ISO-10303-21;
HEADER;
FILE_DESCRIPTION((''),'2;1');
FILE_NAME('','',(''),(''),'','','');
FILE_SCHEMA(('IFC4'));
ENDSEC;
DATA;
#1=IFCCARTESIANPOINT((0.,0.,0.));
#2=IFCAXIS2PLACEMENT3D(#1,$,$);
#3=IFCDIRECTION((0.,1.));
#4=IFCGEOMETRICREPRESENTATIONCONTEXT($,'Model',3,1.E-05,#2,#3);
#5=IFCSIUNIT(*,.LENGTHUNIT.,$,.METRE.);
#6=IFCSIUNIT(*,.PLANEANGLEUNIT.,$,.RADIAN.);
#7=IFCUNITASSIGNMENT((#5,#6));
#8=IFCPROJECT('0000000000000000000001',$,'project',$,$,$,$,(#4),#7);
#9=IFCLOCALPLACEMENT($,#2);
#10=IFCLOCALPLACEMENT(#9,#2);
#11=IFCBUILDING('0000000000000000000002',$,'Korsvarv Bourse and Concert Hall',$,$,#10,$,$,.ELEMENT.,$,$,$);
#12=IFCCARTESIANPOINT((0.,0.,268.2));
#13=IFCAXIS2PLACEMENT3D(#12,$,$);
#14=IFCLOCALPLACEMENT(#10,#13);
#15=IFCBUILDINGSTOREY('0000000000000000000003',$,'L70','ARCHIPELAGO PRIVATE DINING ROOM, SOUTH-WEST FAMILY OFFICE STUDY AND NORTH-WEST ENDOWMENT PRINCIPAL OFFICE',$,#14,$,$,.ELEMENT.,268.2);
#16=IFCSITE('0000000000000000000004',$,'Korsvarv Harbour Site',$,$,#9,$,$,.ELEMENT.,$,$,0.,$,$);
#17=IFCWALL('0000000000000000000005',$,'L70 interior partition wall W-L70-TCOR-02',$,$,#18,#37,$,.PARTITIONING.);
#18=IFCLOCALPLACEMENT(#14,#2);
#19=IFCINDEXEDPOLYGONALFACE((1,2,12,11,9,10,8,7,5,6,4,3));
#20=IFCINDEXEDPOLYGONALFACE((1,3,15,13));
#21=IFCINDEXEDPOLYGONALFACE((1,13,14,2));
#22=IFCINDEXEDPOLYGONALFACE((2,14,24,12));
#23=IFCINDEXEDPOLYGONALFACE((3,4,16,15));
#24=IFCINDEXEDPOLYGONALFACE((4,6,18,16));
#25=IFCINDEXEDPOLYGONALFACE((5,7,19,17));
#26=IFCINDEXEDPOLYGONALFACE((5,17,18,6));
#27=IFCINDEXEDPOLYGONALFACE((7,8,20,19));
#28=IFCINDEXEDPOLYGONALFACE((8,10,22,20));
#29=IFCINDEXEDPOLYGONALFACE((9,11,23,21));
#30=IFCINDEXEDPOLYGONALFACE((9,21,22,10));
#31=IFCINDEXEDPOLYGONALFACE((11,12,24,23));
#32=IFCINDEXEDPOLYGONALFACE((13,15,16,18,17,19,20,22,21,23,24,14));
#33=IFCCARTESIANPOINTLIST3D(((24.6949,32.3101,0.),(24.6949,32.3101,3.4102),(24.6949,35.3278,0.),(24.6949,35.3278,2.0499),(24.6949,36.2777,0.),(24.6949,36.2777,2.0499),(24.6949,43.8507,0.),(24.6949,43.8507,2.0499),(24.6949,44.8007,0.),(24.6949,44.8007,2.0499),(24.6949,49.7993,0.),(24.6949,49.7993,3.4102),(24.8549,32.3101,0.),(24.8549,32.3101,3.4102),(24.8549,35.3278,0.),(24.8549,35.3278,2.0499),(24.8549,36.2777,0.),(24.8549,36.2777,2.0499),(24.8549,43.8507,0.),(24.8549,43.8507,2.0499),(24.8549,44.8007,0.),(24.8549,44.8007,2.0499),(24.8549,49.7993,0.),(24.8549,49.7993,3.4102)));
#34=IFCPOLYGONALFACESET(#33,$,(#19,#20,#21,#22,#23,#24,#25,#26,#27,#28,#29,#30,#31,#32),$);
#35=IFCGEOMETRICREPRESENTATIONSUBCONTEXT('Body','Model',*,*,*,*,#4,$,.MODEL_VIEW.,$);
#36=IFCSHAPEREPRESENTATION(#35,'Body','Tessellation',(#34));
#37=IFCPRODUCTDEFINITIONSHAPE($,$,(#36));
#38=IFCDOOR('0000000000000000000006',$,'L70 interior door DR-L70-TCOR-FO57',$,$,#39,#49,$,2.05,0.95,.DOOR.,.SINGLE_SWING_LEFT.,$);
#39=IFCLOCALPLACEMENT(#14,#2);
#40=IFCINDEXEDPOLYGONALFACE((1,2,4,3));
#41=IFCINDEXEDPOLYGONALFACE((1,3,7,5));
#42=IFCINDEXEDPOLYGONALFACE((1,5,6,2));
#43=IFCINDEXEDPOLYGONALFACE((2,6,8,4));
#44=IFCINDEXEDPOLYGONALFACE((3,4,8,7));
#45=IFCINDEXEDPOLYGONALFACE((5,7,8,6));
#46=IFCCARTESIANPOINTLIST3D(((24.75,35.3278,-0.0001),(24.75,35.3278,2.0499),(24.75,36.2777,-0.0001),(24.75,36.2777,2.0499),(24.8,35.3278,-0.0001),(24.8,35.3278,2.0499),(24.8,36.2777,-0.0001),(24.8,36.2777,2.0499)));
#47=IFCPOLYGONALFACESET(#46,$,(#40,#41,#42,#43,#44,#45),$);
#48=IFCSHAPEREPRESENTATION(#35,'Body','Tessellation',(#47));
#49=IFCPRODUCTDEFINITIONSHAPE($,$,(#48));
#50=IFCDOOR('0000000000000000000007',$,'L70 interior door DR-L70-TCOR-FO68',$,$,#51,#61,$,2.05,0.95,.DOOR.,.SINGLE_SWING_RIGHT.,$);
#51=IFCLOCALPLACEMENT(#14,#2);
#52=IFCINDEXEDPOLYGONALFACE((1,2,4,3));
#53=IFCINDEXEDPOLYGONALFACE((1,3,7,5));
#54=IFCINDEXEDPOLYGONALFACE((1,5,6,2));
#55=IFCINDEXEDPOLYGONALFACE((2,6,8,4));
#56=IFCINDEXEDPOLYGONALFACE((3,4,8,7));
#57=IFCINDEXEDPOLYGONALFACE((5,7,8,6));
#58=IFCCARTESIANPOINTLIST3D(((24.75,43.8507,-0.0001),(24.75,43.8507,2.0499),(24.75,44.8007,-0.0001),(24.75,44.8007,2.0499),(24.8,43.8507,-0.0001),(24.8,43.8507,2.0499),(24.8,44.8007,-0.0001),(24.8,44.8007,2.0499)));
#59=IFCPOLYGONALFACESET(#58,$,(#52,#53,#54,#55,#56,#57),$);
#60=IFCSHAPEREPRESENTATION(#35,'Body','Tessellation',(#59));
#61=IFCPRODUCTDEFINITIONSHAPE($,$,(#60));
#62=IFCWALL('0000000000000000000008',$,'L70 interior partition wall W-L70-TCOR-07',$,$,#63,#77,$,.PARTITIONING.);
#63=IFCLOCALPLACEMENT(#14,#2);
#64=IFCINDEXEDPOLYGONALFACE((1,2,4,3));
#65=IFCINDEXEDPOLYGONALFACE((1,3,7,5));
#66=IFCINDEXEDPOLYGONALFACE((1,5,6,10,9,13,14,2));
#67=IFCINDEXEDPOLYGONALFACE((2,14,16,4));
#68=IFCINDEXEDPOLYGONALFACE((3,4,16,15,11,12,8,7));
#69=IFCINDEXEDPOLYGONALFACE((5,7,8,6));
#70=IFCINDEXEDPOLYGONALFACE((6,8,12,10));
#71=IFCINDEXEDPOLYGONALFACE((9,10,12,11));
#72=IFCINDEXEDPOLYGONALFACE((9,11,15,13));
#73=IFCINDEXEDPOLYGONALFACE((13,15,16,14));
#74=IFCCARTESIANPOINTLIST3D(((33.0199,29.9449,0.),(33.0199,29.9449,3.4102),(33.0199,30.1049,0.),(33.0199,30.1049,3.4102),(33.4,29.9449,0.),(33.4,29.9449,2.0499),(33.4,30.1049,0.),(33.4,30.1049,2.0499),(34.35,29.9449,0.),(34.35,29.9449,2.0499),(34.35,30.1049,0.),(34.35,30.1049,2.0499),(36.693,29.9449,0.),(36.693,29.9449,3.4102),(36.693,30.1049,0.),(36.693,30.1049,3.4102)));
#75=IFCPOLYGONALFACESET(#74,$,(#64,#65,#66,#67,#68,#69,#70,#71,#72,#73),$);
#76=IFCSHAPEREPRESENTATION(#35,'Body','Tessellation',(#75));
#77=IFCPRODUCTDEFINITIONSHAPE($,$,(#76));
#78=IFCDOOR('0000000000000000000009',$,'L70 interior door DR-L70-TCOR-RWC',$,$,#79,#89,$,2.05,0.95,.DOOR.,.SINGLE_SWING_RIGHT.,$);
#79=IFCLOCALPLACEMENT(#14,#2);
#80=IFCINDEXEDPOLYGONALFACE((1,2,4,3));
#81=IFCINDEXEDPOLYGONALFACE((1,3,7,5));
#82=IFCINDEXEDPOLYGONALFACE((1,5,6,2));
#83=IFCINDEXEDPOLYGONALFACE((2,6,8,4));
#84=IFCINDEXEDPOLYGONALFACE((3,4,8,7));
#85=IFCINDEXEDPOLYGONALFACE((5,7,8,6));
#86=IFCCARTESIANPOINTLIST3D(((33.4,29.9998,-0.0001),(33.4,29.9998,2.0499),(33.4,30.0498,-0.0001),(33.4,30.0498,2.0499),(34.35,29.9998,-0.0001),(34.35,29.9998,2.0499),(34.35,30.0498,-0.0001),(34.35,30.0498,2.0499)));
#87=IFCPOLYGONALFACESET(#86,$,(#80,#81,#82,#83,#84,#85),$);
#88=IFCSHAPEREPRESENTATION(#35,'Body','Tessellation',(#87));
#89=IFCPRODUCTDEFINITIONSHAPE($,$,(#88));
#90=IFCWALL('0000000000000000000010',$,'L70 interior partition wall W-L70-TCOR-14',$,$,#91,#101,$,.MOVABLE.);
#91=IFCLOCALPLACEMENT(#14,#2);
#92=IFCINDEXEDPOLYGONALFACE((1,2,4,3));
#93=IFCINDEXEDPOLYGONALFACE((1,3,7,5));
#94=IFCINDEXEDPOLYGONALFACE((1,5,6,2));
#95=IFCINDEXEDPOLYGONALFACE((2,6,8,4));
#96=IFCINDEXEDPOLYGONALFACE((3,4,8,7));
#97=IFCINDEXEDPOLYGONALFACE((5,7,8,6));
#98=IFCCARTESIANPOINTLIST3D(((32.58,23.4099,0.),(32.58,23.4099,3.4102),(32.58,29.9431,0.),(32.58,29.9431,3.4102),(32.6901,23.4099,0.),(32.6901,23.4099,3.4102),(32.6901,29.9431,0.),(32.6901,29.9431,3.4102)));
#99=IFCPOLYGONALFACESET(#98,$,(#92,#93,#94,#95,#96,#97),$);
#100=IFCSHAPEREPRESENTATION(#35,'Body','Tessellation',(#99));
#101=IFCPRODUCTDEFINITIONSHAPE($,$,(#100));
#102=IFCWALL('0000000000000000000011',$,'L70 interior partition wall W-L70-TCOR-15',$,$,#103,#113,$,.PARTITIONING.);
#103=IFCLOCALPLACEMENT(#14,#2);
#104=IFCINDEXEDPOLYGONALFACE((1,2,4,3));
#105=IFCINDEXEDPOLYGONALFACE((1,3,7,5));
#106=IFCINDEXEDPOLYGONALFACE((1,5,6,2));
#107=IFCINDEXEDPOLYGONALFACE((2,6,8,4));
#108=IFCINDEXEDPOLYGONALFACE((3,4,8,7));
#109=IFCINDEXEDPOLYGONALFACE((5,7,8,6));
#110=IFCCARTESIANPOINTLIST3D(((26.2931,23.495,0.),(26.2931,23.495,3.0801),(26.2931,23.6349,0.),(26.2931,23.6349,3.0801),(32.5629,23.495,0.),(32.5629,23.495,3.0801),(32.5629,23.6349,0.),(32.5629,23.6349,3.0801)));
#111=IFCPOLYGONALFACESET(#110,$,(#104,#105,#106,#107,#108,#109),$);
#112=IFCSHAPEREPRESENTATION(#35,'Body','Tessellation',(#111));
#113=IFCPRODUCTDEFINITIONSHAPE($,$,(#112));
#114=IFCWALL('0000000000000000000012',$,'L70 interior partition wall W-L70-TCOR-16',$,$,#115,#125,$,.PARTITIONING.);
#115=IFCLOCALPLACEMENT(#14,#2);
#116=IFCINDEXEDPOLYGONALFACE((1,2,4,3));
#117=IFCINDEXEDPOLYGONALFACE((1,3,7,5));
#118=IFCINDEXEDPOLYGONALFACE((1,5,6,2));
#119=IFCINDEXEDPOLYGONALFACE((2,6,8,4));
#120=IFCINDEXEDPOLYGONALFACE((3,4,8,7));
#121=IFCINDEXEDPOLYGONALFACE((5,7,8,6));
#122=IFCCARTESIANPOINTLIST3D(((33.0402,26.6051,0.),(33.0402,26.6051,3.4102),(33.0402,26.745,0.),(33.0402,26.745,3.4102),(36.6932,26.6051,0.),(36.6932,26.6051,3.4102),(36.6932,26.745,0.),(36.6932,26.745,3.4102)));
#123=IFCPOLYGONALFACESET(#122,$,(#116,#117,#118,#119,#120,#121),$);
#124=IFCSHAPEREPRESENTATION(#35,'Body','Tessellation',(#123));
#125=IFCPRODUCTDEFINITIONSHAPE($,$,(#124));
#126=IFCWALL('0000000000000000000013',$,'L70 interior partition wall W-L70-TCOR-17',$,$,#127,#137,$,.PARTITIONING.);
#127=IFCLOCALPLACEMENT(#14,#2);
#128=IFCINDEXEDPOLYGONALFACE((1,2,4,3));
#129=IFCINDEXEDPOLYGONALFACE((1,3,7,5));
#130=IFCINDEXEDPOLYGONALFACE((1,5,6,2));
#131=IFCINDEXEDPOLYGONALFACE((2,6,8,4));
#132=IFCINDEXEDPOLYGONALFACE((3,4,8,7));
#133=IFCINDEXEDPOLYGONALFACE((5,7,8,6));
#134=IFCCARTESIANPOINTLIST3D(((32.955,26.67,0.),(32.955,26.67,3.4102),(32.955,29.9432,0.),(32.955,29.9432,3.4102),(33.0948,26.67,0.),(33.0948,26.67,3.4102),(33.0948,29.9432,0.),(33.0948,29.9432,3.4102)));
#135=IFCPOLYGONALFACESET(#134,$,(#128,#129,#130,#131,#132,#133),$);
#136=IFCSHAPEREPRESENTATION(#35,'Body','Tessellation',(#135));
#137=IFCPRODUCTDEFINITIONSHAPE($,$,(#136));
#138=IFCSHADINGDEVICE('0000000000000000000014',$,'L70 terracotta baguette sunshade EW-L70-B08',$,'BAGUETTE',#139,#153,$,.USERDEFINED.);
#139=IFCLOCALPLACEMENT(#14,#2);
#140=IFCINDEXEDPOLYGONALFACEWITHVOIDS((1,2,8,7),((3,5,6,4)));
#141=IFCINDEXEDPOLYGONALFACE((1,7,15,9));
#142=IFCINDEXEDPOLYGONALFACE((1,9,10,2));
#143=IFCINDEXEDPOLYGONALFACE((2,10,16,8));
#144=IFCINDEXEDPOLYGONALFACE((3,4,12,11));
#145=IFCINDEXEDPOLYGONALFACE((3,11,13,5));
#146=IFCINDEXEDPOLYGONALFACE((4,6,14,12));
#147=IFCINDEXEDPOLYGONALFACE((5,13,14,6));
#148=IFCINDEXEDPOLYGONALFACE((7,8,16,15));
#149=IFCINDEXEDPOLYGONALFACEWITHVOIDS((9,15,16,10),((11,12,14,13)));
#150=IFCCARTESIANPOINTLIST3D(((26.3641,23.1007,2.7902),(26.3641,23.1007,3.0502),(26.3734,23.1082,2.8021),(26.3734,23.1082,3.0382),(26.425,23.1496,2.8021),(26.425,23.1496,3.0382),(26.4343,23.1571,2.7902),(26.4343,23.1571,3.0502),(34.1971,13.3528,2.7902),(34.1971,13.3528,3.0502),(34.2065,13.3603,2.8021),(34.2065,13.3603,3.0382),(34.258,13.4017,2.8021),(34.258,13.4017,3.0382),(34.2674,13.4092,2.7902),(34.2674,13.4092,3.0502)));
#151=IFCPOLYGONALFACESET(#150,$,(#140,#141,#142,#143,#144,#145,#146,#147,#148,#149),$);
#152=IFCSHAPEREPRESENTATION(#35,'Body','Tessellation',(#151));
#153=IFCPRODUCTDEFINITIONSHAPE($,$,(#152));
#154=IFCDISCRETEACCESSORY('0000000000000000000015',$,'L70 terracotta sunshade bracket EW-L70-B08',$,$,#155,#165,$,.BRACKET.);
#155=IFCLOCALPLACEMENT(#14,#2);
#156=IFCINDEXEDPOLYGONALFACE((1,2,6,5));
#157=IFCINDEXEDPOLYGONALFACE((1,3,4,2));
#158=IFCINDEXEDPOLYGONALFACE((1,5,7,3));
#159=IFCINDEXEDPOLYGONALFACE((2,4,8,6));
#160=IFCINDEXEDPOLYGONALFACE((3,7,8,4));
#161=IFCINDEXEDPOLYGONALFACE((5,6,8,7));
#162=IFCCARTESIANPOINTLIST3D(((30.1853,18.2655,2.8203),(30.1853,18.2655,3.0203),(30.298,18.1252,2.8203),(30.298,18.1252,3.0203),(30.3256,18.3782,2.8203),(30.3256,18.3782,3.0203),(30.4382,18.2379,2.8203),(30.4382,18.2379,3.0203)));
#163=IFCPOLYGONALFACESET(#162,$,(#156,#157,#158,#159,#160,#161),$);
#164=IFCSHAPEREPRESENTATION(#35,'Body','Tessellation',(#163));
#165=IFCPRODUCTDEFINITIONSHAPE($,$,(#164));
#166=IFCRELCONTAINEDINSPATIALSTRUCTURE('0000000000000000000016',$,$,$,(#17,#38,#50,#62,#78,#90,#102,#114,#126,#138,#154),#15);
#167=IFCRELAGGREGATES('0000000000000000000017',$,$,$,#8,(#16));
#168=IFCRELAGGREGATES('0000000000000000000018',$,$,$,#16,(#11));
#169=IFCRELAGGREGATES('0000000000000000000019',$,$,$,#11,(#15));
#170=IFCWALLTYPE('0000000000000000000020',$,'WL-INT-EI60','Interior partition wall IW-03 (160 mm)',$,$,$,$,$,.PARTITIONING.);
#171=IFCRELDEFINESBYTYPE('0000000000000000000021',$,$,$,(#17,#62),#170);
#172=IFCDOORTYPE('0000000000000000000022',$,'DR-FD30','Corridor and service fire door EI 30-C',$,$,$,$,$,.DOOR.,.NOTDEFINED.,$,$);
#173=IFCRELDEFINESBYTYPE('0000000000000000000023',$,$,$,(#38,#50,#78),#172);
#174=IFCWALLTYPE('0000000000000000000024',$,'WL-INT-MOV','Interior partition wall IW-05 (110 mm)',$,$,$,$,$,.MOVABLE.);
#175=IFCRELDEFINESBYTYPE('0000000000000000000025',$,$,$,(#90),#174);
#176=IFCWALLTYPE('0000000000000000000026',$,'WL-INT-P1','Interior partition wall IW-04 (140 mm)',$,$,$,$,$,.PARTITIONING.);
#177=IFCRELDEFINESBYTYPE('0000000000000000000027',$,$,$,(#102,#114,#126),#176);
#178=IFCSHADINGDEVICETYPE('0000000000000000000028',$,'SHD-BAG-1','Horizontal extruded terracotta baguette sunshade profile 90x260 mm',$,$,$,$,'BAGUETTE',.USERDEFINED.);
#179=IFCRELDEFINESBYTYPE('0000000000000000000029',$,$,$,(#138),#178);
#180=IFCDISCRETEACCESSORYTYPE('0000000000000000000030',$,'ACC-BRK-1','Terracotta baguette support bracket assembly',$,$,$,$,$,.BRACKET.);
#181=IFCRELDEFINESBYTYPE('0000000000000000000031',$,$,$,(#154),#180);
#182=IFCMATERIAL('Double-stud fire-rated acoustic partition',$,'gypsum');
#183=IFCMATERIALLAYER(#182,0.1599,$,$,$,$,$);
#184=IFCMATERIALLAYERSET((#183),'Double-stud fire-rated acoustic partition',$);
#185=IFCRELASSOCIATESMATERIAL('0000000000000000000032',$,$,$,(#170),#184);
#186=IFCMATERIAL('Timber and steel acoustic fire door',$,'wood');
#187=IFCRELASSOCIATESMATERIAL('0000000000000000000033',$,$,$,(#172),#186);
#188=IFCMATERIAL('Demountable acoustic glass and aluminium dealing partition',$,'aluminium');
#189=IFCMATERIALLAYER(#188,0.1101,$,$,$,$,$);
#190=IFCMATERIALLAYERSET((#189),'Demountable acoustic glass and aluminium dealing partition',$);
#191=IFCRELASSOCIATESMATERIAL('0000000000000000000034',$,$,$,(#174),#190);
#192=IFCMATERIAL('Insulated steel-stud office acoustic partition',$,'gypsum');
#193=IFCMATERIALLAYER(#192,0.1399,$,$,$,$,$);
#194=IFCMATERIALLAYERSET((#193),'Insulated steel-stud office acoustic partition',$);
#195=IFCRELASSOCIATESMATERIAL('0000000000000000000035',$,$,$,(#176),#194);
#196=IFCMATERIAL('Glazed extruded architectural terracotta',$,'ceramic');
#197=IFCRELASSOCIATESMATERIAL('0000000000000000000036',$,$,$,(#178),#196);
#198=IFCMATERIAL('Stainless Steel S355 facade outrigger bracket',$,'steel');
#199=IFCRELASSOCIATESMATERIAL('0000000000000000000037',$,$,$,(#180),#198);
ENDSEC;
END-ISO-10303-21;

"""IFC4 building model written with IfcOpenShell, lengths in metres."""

from ifc_helpers import new_model, si_unit, direction, frame, frame_2d, origin, origin_2d, place, context, subcontext, project, spatial, rectangle, hollow_rectangle, extrude, source, transform, mapped, material, layer, layer_set, material_profile, profile_set, type_object, element, fill, save


model = new_model("IFC4")

# Units and contexts
model_context = context("Model", 3, precision=1e-05, world=origin(), true_north=direction((0.0, 1.0)))
body_context = subcontext(model_context, "Body", "Model", "MODEL_VIEW")
ifc_project = project(units=[si_unit("LENGTHUNIT", "METRE"), si_unit("PLANEANGLEUNIT", "RADIAN")], contexts=[model_context])

# Site, building, storey
site_placement = place(None, origin())
site = spatial("IfcSite", under=ifc_project, at=site_placement, Name="Korsvarv Harbour Site", CompositionType="ELEMENT", RefElevation=0.0)
building_placement = place(site_placement, origin())
building = spatial("IfcBuilding", under=site, at=building_placement, Name="Korsvarv Bourse and Concert Hall", CompositionType="ELEMENT")
storey_placement = place(building_placement, frame((0.0, 0.0, 268.2)))
storey = spatial("IfcBuildingStorey", under=building, at=storey_placement, Name="L70", Description="ARCHIPELAGO PRIVATE DINING ROOM, SOUTH-WEST FAMILY OFFICE STUDY AND NORTH-WEST ENDOWMENT PRINCIPAL OFFICE", CompositionType="ELEMENT", Elevation=268.2)

# Wall, openings, doors
ifc_material_1 = material(Name="Double-stud fire-rated acoustic partition", Category="gypsum")
ifc_layer_1 = layer(ifc_material_1, 0.1599)
ifc_layer_set_1 = layer_set([ifc_layer_1], Name="Double-stud fire-rated acoustic partition")
wall_type_1 = type_object("IfcWallType", Name="WL-INT-EI60", Description="Interior partition wall IW-03 (160 mm)", PredefinedType="PARTITIONING", material=ifc_layer_set_1)
wall_1_placement = place(storey_placement, frame((24.7749, 32.3101, 0.0), z_axis=(0.0, 0.0, 1.0), x_axis=(0.0, 1.0, 0.0)))
wall_1 = element("IfcWall", 1, at=wall_1_placement, inside=storey, type_object=wall_type_1, Name="L70 interior partition wall W-L70-TCOR-02", PredefinedType="PARTITIONING", context=body_context, shape_type="SweptSolid", body=[
    extrude(rectangle(XDim=17.4893, YDim=0.1599, at=frame_2d((8.7446, 0.0))), origin(), (0.0, 0.0, 1.0), 3.4102),
])
opening_1_placement = place(wall_1_placement, frame((3.0176, 0.0, 0.0)))
opening_1 = element("IfcOpeningElement", 2, at=opening_1_placement, cuts=wall_1, PredefinedType="OPENING", context=body_context, shape_type="SweptSolid", body=[
    extrude(rectangle(XDim=0.95, YDim=2.05, at=frame_2d((0.4751, 1.0249))), frame((0.0, 0.0898, 0.0), z_axis=(0.0, -1.0, 0.0), x_axis=(1.0, 0.0, 0.0)), (0.0, 0.0, 1.0), 0.1799),
])
opening_2_placement = place(wall_1_placement, frame((11.5405, 0.0, 0.0)))
opening_2 = element("IfcOpeningElement", 3, at=opening_2_placement, cuts=wall_1, PredefinedType="OPENING", context=body_context, shape_type="SweptSolid", body=[
    extrude(rectangle(XDim=0.95, YDim=2.05, at=frame_2d((0.4751, 1.0249))), frame((0.0, 0.0898, 0.0), z_axis=(0.0, -1.0, 0.0), x_axis=(1.0, 0.0, 0.0)), (0.0, 0.0, 1.0), 0.1799),
])
ifc_material_2 = material(Name="Timber and steel acoustic fire door", Category="wood")
door_type = type_object("IfcDoorType", Name="DR-FD30", Description="Corridor and service fire door EI 30-C", OperationType="NOTDEFINED", PredefinedType="DOOR", material=ifc_material_2)
door_1_placement = place(opening_1_placement, origin())
door_1 = element("IfcDoor", 4, at=door_1_placement, inside=storey, type_object=door_type, Name="L70 interior door DR-L70-TCOR-FO57", OperationType="SINGLE_SWING_LEFT", OverallHeight=2.05, OverallWidth=0.95, PredefinedType="DOOR", context=body_context, shape_type="SweptSolid", body=[
    extrude(rectangle(XDim=0.95, YDim=2.05, at=frame_2d((0.4751, 1.0249))), frame((0.0, 0.0249, 0.0), z_axis=(0.0, -1.0, 0.0), x_axis=(1.0, 0.0, 0.0)), (0.0, 0.0, 1.0), 0.05),
])
fill(opening_1, door_1)
door_2_placement = place(opening_2_placement, origin())
door_2 = element("IfcDoor", 5, at=door_2_placement, inside=storey, type_object=door_type, Name="L70 interior door DR-L70-TCOR-FO68", OperationType="SINGLE_SWING_RIGHT", OverallHeight=2.05, OverallWidth=0.95, PredefinedType="DOOR", context=body_context, shape_type="SweptSolid", body=[
    extrude(rectangle(XDim=0.95, YDim=2.05, at=frame_2d((0.4751, 1.0249))), frame((0.0, 0.0249, 0.0), z_axis=(0.0, -1.0, 0.0), x_axis=(1.0, 0.0, 0.0)), (0.0, 0.0, 1.0), 0.05),
])
fill(opening_2, door_2)

# Wall, opening, door
wall_2_placement = place(storey_placement, frame((33.02, 30.0249, 0.0), z_axis=(0.0, 0.0, 1.0), x_axis=(1.0, 0.0, 0.0)))
wall_2 = element("IfcWall", 6, at=wall_2_placement, inside=storey, type_object=wall_type_1, Name="L70 interior partition wall W-L70-TCOR-07", PredefinedType="PARTITIONING", context=body_context, shape_type="SweptSolid", body=[
    extrude(rectangle(XDim=3.6731, YDim=0.1599, at=frame_2d((1.8364, 0.0))), origin(), (0.0, 0.0, 1.0), 3.4102),
])
opening_3_placement = place(wall_2_placement, frame((0.3799, 0.0, 0.0)))
opening_3 = element("IfcOpeningElement", 7, at=opening_3_placement, cuts=wall_2, PredefinedType="OPENING", context=body_context, shape_type="SweptSolid", body=[
    extrude(rectangle(XDim=0.95, YDim=2.05, at=frame_2d((0.4751, 1.0249))), frame((0.0, 0.0898, 0.0), z_axis=(0.0, -1.0, 0.0), x_axis=(1.0, 0.0, 0.0)), (0.0, 0.0, 1.0), 0.1799),
])
door_3_placement = place(opening_3_placement, origin())
door_3 = element("IfcDoor", 8, at=door_3_placement, inside=storey, type_object=door_type, Name="L70 interior door DR-L70-TCOR-RWC", OperationType="SINGLE_SWING_RIGHT", OverallHeight=2.05, OverallWidth=0.95, PredefinedType="DOOR", context=body_context, shape_type="SweptSolid", body=[
    extrude(rectangle(XDim=0.95, YDim=2.05, at=frame_2d((0.4751, 1.0249))), frame((0.0, 0.0249, 0.0), z_axis=(0.0, -1.0, 0.0), x_axis=(1.0, 0.0, 0.0)), (0.0, 0.0, 1.0), 0.05),
])
fill(opening_3, door_3)

# Walls
ifc_material_3 = material(Name="Demountable acoustic glass and aluminium dealing partition", Category="aluminium")
ifc_layer_2 = layer(ifc_material_3, 0.1101)
ifc_layer_set_2 = layer_set([ifc_layer_2], Name="Demountable acoustic glass and aluminium dealing partition")
wall_type_2 = type_object("IfcWallType", Name="WL-INT-MOV", Description="Interior partition wall IW-05 (110 mm)", PredefinedType="MOVABLE", material=ifc_layer_set_2)
wall_3_placement = place(storey_placement, frame((32.635, 23.4099, 0.0), z_axis=(0.0, 0.0, 1.0), x_axis=(0.0, 1.0, 0.0)))
element("IfcWall", 9, at=wall_3_placement, inside=storey, type_object=wall_type_2, Name="L70 interior partition wall W-L70-TCOR-14", PredefinedType="MOVABLE", context=body_context, shape_type="SweptSolid", body=[
    extrude(rectangle(XDim=6.5332, YDim=0.1101, at=frame_2d((3.2666, 0.0))), origin(), (0.0, 0.0, 1.0), 3.4102),
])
ifc_material_4 = material(Name="Insulated steel-stud office acoustic partition", Category="gypsum")
ifc_layer_3 = layer(ifc_material_4, 0.1399)
ifc_layer_set_3 = layer_set([ifc_layer_3], Name="Insulated steel-stud office acoustic partition")
wall_type_3 = type_object("IfcWallType", Name="WL-INT-P1", Description="Interior partition wall IW-04 (140 mm)", PredefinedType="PARTITIONING", material=ifc_layer_set_3)
wall_4_placement = place(storey_placement, frame((26.2932, 23.5649, 0.0), z_axis=(0.0, 0.0, 1.0), x_axis=(1.0, 0.0, 0.0)))
element("IfcWall", 10, at=wall_4_placement, inside=storey, type_object=wall_type_3, Name="L70 interior partition wall W-L70-TCOR-15", PredefinedType="PARTITIONING", context=body_context, shape_type="SweptSolid", body=[
    extrude(rectangle(XDim=6.2698, YDim=0.1399, at=frame_2d((3.1348, 0.0))), origin(), (0.0, 0.0, 1.0), 3.0801),
])
wall_5_placement = place(storey_placement, frame((33.04, 26.675, 0.0), z_axis=(0.0, 0.0, 1.0), x_axis=(1.0, 0.0, 0.0)))
element("IfcWall", 11, at=wall_5_placement, inside=storey, type_object=wall_type_3, Name="L70 interior partition wall W-L70-TCOR-16", PredefinedType="PARTITIONING", context=body_context, shape_type="SweptSolid", body=[
    extrude(rectangle(XDim=3.6531, YDim=0.1399, at=frame_2d((1.8267, 0.0))), origin(), (0.0, 0.0, 1.0), 3.4102),
])
wall_6_placement = place(storey_placement, frame((33.0249, 26.6699, 0.0), z_axis=(0.0, 0.0, 1.0), x_axis=(0.0, 1.0, 0.0)))
element("IfcWall", 12, at=wall_6_placement, inside=storey, type_object=wall_type_3, Name="L70 interior partition wall W-L70-TCOR-17", PredefinedType="PARTITIONING", context=body_context, shape_type="SweptSolid", body=[
    extrude(rectangle(XDim=3.2732, YDim=0.1399, at=frame_2d((1.6367, 0.0))), origin(), (0.0, 0.0, 1.0), 3.4102),
])

# Shading device
ifc_material_5 = material(Name="Glazed extruded architectural terracotta", Category="ceramic")
ifc_material_profile_1 = material_profile(ifc_material_5, hollow_rectangle(XDim=0.0901, YDim=0.26, WallThickness=0.012, at=origin_2d()), Name="TC-BAG 90x260")
ifc_profile_set_1 = profile_set([ifc_material_profile_1], Name="Glazed extruded architectural terracotta")
shading_device_type = type_object("IfcShadingDeviceType", Name="SHD-BAG-1", Description="Horizontal extruded terracotta baguette sunshade profile 90x260 mm", ElementType="BAGUETTE", PredefinedType="USERDEFINED", material=ifc_profile_set_1)
shared_shape_1 = source(origin(), body_context, "Body", "SweptSolid", [
    extrude(hollow_rectangle(XDim=0.0901, YDim=0.26, WallThickness=0.012, at=origin_2d()), origin(), (0.0, 0.0, 1.0), 12.5051),
])
shading_device_placement = place(storey_placement, frame((26.3992, 23.1289, 2.9202), z_axis=(0.626389, -0.779511, 0.0), x_axis=(0.779511, 0.626389, 0.0)))
element("IfcShadingDevice", 13, at=shading_device_placement, inside=storey, type_object=shading_device_type, Name="L70 terracotta baguette sunshade EW-L70-B08", ObjectType="BAGUETTE", PredefinedType="USERDEFINED", context=body_context, shape_type="MappedRepresentation", body=[
    mapped(shared_shape_1, transform((0.0, 0.0, 0.0), scale=1.0)),
])

# Discrete accessory
ifc_material_6 = material(Name="Stainless Steel S355 facade outrigger bracket", Category="steel")
discrete_accessory_type = type_object("IfcDiscreteAccessoryType", Name="ACC-BRK-1", Description="Terracotta baguette support bracket assembly", PredefinedType="BRACKET", material=ifc_material_6)
shared_shape_2 = source(origin(), body_context, "Body", "SweptSolid", [
    extrude(rectangle(XDim=0.1799, YDim=0.1799, at=origin_2d()), origin(), (0.0, 0.0, 1.0), 0.2),
])
discrete_accessory_placement = place(storey_placement, frame((30.3118, 18.2517, 2.8203), z_axis=(0.0, 0.0, 1.0), x_axis=(0.626332, -0.779557, 0.0)))
element("IfcDiscreteAccessory", 14, at=discrete_accessory_placement, inside=storey, type_object=discrete_accessory_type, Name="L70 terracotta sunshade bracket EW-L70-B08", PredefinedType="BRACKET", context=body_context, shape_type="MappedRepresentation", body=[
    mapped(shared_shape_2, transform((0.0, 0.0, 0.0), scale=1.0)),
])

save(model, "model.ifc")
